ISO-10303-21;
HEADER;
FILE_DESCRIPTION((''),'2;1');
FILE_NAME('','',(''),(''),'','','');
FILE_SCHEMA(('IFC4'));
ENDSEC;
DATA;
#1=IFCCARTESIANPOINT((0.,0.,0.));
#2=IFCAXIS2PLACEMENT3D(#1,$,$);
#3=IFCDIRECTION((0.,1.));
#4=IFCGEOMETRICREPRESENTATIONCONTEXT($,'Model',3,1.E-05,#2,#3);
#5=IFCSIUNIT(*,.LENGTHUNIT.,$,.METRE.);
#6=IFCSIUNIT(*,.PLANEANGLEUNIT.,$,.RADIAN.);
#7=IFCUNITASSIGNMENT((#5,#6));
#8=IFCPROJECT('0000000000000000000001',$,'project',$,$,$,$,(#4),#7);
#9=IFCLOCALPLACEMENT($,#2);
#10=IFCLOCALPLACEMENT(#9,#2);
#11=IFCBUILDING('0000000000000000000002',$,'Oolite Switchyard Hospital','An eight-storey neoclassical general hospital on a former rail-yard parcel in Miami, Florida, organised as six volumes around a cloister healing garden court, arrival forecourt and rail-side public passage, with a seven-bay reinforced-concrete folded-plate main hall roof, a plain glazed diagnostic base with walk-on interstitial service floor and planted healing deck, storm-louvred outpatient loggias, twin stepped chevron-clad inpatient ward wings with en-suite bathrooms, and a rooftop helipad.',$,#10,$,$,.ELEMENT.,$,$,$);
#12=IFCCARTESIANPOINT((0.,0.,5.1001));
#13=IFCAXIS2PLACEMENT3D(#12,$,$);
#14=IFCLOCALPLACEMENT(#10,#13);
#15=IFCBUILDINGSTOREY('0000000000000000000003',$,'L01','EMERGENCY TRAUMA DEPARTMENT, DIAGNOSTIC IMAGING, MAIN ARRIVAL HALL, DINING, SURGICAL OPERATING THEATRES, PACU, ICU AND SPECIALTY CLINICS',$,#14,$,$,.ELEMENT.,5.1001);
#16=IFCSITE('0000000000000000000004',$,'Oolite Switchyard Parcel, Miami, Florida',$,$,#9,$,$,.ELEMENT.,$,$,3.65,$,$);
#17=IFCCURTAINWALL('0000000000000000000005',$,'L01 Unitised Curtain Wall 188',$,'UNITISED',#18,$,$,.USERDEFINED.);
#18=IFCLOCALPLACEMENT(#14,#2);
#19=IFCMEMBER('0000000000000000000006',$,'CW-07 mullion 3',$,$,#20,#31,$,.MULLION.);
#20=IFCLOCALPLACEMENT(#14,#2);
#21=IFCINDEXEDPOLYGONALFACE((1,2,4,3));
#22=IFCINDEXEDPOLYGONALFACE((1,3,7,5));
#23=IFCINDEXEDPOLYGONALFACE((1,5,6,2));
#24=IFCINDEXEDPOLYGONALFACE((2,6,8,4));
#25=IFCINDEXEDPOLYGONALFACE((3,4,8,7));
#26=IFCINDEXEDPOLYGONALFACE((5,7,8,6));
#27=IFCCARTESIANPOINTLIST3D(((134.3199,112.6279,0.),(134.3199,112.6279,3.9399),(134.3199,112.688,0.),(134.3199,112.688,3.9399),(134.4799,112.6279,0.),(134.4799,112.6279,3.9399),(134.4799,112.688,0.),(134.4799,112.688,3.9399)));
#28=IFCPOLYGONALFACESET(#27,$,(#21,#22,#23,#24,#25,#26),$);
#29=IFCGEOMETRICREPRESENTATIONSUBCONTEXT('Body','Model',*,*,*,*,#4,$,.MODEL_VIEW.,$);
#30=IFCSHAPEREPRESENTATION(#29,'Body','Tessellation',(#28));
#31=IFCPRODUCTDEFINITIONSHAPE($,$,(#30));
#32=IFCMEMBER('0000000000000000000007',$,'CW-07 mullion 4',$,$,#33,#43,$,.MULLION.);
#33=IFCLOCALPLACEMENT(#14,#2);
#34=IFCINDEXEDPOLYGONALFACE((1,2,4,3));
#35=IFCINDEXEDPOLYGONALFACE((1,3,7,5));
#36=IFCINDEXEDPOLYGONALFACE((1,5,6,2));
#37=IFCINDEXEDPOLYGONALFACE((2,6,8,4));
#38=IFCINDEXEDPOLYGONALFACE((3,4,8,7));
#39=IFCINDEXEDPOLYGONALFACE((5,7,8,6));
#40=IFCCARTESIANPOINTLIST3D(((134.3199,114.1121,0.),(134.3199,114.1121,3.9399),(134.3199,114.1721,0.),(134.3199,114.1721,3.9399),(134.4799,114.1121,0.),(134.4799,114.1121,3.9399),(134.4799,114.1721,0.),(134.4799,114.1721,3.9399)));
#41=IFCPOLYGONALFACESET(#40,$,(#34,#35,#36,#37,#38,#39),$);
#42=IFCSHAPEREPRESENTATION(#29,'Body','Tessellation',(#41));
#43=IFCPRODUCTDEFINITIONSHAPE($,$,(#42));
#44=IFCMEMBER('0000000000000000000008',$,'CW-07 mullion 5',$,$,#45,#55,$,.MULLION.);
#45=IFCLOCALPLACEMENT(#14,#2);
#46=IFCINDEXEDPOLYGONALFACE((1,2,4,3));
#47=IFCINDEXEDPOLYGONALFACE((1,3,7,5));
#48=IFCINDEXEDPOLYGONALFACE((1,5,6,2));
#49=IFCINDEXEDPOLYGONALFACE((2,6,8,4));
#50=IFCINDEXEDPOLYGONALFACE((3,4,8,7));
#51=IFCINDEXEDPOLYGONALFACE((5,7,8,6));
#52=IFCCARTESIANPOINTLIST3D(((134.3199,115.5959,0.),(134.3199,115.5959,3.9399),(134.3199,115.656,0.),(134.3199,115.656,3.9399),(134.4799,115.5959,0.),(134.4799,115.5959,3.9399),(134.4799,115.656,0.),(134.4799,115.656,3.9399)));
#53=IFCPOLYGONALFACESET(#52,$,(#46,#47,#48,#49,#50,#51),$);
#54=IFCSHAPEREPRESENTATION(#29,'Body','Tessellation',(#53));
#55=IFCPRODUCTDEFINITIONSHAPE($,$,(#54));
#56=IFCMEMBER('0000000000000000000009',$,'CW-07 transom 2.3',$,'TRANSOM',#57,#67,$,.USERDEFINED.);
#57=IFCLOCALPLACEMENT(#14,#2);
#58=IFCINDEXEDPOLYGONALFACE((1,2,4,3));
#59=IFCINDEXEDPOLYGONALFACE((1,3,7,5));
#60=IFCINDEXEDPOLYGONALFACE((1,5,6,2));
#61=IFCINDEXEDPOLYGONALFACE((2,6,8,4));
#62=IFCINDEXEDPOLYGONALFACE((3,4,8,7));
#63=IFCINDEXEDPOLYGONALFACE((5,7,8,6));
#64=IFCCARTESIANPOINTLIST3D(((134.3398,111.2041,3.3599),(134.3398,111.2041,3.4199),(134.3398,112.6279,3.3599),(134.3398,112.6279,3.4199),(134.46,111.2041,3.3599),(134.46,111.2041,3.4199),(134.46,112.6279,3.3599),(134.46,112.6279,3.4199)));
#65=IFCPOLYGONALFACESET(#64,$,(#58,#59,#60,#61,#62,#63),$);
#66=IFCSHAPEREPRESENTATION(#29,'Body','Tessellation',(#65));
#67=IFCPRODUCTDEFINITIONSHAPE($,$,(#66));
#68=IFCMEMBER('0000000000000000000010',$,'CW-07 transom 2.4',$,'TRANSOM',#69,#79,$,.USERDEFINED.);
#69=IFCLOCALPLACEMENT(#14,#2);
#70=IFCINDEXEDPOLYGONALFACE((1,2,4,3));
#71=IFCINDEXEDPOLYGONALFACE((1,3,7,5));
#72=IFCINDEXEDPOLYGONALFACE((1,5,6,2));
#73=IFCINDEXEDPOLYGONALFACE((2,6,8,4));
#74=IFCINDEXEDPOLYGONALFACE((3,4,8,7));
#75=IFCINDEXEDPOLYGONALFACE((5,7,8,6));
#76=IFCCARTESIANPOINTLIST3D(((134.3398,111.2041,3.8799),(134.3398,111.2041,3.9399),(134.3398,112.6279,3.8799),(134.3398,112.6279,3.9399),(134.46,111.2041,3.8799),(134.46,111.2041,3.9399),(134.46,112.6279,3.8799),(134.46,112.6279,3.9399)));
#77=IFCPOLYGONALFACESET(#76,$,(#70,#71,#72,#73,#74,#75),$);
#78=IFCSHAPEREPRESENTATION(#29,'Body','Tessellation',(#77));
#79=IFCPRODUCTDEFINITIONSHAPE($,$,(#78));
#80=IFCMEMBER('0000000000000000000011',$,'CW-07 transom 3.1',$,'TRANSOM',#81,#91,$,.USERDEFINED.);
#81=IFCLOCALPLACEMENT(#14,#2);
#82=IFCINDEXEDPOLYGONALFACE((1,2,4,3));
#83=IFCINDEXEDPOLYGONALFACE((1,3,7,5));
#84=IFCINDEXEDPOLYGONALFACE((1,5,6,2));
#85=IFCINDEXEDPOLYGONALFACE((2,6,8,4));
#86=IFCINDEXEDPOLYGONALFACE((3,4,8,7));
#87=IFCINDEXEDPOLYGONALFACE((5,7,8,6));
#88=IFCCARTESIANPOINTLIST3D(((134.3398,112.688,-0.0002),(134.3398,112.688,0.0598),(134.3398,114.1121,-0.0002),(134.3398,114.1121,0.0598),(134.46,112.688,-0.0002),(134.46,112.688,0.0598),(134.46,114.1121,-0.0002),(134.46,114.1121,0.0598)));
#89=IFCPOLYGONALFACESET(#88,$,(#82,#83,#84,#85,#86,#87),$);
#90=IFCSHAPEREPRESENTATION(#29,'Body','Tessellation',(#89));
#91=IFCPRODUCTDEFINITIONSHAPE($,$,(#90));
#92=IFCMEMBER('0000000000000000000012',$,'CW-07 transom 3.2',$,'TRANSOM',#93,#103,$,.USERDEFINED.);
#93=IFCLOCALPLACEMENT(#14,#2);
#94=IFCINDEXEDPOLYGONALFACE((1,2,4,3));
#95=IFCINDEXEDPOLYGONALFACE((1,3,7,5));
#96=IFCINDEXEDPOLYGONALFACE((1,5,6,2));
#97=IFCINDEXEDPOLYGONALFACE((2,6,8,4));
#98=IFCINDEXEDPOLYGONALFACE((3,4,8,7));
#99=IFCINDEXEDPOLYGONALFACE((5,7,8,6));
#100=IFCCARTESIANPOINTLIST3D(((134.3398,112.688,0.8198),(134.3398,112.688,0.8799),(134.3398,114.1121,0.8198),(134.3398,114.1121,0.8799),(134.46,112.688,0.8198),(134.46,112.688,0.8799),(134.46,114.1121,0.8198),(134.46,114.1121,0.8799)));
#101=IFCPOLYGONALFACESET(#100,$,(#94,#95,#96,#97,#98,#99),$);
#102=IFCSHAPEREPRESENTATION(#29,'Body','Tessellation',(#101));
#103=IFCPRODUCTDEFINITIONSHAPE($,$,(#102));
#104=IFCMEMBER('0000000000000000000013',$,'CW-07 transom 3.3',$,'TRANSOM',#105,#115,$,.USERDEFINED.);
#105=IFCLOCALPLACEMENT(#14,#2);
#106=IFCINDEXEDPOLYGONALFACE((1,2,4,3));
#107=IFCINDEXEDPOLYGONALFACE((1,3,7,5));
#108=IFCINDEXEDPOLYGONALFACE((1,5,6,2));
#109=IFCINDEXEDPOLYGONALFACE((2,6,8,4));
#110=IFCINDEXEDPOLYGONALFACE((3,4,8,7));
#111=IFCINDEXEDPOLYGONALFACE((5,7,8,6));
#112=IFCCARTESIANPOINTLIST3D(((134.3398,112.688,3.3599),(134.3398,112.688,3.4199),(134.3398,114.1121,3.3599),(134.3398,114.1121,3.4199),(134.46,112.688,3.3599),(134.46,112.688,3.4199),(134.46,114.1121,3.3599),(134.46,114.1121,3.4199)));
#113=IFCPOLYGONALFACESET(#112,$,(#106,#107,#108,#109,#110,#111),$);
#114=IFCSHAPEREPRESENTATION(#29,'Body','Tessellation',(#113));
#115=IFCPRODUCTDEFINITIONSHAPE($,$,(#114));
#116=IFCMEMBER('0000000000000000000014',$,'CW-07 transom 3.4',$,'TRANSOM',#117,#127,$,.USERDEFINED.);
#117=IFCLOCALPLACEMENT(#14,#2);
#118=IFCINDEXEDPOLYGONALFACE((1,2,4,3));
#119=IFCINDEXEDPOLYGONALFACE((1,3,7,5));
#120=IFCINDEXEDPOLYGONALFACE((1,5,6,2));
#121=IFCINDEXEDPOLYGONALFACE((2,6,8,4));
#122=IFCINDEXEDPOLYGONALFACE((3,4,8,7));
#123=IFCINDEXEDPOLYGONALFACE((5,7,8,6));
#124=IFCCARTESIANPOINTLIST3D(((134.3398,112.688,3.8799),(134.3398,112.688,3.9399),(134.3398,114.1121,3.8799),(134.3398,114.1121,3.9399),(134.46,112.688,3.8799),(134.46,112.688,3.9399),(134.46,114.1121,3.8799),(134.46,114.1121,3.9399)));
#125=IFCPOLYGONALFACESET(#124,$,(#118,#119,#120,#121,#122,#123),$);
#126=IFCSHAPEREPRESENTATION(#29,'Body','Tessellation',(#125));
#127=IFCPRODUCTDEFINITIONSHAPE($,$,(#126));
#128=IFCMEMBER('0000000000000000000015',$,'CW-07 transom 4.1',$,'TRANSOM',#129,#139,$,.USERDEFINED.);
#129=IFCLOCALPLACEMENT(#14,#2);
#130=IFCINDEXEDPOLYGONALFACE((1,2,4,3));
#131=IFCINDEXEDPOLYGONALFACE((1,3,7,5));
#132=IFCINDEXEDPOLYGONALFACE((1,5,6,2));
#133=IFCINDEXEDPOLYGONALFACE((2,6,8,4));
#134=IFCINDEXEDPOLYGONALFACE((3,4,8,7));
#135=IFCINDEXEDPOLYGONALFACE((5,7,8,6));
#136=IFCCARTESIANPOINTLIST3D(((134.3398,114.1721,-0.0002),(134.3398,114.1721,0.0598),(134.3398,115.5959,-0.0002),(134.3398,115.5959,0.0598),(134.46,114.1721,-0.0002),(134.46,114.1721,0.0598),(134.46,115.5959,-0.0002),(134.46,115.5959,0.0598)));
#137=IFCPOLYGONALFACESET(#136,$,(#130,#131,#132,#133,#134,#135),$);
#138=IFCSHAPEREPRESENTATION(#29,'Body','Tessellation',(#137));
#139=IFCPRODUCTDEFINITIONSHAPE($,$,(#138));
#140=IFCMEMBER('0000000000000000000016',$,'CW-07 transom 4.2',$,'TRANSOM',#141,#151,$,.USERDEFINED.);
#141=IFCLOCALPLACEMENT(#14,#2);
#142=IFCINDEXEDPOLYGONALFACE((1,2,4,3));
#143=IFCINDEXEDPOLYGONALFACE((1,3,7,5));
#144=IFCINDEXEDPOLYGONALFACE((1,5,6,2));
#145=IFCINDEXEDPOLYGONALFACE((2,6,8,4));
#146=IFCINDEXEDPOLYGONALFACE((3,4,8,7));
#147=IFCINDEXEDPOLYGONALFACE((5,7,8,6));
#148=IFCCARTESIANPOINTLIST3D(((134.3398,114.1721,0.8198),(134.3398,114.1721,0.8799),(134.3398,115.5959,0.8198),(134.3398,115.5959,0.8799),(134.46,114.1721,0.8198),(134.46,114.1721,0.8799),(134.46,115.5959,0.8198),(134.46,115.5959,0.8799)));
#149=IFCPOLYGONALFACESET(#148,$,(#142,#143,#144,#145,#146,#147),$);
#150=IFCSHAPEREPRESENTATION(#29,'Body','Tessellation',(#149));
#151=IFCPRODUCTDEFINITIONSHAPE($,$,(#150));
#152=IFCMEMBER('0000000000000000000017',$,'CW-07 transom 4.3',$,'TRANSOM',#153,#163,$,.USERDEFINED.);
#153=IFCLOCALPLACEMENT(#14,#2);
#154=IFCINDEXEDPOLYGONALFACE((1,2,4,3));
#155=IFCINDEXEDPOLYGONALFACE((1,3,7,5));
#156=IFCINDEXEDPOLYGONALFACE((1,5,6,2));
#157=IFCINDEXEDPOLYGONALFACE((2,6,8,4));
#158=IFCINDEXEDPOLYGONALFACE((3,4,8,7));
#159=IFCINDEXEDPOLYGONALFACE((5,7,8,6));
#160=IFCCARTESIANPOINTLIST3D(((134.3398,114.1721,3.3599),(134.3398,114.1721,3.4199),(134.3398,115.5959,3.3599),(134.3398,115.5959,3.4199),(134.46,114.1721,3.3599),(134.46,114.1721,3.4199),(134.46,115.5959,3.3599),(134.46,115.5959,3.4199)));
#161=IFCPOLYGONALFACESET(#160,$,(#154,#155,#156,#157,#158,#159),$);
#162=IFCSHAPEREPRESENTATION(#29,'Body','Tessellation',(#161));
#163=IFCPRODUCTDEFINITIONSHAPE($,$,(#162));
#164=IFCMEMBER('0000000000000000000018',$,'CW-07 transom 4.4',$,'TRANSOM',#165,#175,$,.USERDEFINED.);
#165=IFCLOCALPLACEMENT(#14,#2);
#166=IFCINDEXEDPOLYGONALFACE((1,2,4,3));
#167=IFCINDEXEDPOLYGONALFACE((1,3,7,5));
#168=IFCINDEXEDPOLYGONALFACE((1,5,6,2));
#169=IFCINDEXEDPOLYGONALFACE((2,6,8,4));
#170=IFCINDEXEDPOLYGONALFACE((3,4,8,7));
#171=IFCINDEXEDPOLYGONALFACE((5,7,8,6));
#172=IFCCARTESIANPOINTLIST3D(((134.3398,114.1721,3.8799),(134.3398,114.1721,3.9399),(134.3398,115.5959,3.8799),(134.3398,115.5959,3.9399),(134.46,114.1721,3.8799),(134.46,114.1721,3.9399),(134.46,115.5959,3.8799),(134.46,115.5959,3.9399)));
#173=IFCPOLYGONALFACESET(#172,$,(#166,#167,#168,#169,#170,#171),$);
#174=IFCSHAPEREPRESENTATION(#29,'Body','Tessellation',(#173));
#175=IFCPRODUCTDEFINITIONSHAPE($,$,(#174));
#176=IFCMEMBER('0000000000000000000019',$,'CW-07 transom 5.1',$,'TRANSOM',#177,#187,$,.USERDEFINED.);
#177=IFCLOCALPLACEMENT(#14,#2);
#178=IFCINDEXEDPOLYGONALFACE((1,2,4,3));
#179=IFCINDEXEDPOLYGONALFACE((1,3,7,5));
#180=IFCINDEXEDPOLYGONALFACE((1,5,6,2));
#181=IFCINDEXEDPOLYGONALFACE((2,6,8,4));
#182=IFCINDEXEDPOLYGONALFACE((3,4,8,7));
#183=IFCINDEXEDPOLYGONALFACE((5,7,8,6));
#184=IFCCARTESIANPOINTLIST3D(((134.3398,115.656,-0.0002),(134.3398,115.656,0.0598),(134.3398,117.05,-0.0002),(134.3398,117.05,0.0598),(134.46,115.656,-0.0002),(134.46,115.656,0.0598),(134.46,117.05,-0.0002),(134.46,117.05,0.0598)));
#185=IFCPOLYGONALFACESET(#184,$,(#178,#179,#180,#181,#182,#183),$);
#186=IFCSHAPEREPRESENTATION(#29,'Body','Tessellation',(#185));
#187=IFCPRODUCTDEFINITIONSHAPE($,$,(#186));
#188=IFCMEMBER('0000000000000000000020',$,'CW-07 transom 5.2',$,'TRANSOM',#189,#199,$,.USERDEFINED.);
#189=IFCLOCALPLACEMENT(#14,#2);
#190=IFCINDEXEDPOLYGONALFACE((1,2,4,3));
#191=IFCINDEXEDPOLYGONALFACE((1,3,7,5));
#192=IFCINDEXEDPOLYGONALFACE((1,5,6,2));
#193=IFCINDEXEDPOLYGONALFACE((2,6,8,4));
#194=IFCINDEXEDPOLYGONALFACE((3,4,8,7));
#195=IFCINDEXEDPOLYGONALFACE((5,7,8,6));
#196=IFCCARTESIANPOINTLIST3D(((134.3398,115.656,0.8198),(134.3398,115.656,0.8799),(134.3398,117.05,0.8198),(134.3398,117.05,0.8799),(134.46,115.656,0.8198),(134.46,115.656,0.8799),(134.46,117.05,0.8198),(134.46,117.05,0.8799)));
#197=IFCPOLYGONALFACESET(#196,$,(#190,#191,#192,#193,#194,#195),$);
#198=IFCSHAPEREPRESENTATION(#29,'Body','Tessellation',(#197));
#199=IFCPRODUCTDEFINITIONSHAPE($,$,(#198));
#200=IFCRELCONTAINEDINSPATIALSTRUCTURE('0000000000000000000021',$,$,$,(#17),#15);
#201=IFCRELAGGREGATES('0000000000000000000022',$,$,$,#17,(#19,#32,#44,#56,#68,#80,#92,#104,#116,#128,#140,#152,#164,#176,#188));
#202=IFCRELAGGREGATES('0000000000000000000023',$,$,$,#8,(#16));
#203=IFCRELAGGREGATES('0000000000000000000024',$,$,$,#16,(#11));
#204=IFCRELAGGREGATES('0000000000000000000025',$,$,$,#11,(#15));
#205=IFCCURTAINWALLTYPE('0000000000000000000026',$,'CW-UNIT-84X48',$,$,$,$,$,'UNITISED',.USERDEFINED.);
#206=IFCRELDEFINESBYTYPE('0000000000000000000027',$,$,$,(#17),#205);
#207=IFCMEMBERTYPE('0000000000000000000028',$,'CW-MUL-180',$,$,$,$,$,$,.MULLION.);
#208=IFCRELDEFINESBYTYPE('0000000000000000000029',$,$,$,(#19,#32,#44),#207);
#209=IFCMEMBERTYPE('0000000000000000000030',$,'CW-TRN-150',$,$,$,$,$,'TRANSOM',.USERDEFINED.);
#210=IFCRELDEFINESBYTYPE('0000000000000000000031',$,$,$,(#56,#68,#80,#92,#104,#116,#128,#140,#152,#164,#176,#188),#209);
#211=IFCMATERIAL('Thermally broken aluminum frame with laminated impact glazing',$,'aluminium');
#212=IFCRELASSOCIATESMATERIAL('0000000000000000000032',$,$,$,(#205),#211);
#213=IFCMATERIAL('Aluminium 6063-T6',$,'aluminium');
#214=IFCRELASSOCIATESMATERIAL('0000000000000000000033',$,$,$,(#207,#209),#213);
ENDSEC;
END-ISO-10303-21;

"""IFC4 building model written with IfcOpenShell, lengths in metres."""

from ifc_helpers import new_model, si_unit, direction, frame, origin, origin_2d, place, context, subcontext, project, spatial, rectangle, extrude, material, material_profile, profile_set, type_object, element, aggregate, save


model = new_model("IFC4")

# Units and contexts
model_context = context("Model", 3, precision=1e-05, world=origin(), true_north=direction((0.0, 1.0)))
body_context = subcontext(model_context, "Body", "Model", "MODEL_VIEW")
ifc_project = project(units=[si_unit("LENGTHUNIT", "METRE"), si_unit("PLANEANGLEUNIT", "RADIAN")], contexts=[model_context])

# Site, building, storey
site_placement = place(None, origin())
site = spatial("IfcSite", under=ifc_project, at=site_placement, Name="Oolite Switchyard Parcel, Miami, Florida", CompositionType="ELEMENT", RefElevation=3.65)
building_placement = place(site_placement, origin())
building = spatial("IfcBuilding", under=site, at=building_placement, Name="Oolite Switchyard Hospital", Description="An eight-storey neoclassical general hospital on a former rail-yard parcel in Miami, Florida, organised as six volumes around a cloister healing garden court, arrival forecourt and rail-side public passage, with a seven-bay reinforced-concrete folded-plate main hall roof, a plain glazed diagnostic base with walk-on interstitial service floor and planted healing deck, storm-louvred outpatient loggias, twin stepped chevron-clad inpatient ward wings with en-suite bathrooms, and a rooftop helipad.", CompositionType="ELEMENT")
storey_placement = place(building_placement, frame((0.0, 0.0, 5.1001)))
storey = spatial("IfcBuildingStorey", under=building, at=storey_placement, Name="L01", Description="EMERGENCY TRAUMA DEPARTMENT, DIAGNOSTIC IMAGING, MAIN ARRIVAL HALL, DINING, SURGICAL OPERATING THEATRES, PACU, ICU AND SPECIALTY CLINICS", CompositionType="ELEMENT", Elevation=5.1001)

# Curtain wall, members
ifc_material_1 = material(Name="Thermally broken aluminum frame with laminated impact glazing", Category="aluminium")
curtain_wall_type = type_object("IfcCurtainWallType", Name="CW-UNIT-84X48", ElementType="UNITISED", PredefinedType="USERDEFINED", material=ifc_material_1)
curtain_wall_placement = place(storey_placement, origin())
curtain_wall = element("IfcCurtainWall", 1, at=curtain_wall_placement, inside=storey, type_object=curtain_wall_type, Name="L01 Unitised Curtain Wall 188", ObjectType="UNITISED", PredefinedType="USERDEFINED")
ifc_material_2 = material(Name="Aluminium 6063-T6", Category="aluminium")
ifc_material_profile_1 = material_profile(ifc_material_2, rectangle(XDim=0.1599, YDim=0.0601, at=origin_2d()), Name="CWM60X160")
ifc_profile_set_1 = profile_set([ifc_material_profile_1], Name="Aluminium 6063-T6")
member_type_1 = type_object("IfcMemberType", Name="CW-MUL-180", PredefinedType="MULLION", material=ifc_profile_set_1)
member_1_placement = place(storey_placement, frame((134.3999, 112.658, 0.0), z_axis=(0.0, 0.0, 1.0), x_axis=(-1.0, 0.0, 0.0)))
member_1 = element("IfcMember", 2, at=member_1_placement, type_object=member_type_1, Name="CW-07 mullion 3", PredefinedType="MULLION", context=body_context, shape_type="SweptSolid", body=[
    extrude(rectangle(XDim=0.1599, YDim=0.0601, at=origin_2d()), origin(), (0.0, 0.0, 1.0), 3.9399),
])
member_2_placement = place(storey_placement, frame((134.3999, 114.1421, 0.0), z_axis=(0.0, 0.0, 1.0), x_axis=(-1.0, 0.0, 0.0)))
member_2 = element("IfcMember", 3, at=member_2_placement, type_object=member_type_1, Name="CW-07 mullion 4", PredefinedType="MULLION", context=body_context, shape_type="SweptSolid", body=[
    extrude(rectangle(XDim=0.1599, YDim=0.0601, at=origin_2d()), origin(), (0.0, 0.0, 1.0), 3.9399),
])
member_3_placement = place(storey_placement, frame((134.3999, 115.626, 0.0), z_axis=(0.0, 0.0, 1.0), x_axis=(-1.0, 0.0, 0.0)))
member_3 = element("IfcMember", 4, at=member_3_placement, type_object=member_type_1, Name="CW-07 mullion 5", PredefinedType="MULLION", context=body_context, shape_type="SweptSolid", body=[
    extrude(rectangle(XDim=0.1599, YDim=0.0601, at=origin_2d()), origin(), (0.0, 0.0, 1.0), 3.9399),
])
ifc_material_profile_2 = material_profile(ifc_material_2, rectangle(XDim=0.1201, YDim=0.0601, at=origin_2d()), Name="CWT60X120")
ifc_profile_set_2 = profile_set([ifc_material_profile_2], Name="Aluminium 6063-T6")
member_type_2 = type_object("IfcMemberType", Name="CW-TRN-150", ElementType="TRANSOM", PredefinedType="USERDEFINED", material=ifc_profile_set_2)
member_4_placement = place(storey_placement, frame((134.3999, 111.2041, 3.3899), z_axis=(0.0, 1.0, 0.0), x_axis=(-1.0, 0.0, 0.0)))
member_4 = element("IfcMember", 5, at=member_4_placement, type_object=member_type_2, Name="CW-07 transom 2.3", ObjectType="TRANSOM", PredefinedType="USERDEFINED", context=body_context, shape_type="SweptSolid", body=[
    extrude(rectangle(XDim=0.1201, YDim=0.0601, at=origin_2d()), origin(), (0.0, 0.0, 1.0), 1.4238),
])
member_5_placement = place(storey_placement, frame((134.3999, 111.2041, 3.9099), z_axis=(0.0, 1.0, 0.0), x_axis=(-1.0, 0.0, 0.0)))
member_5 = element("IfcMember", 6, at=member_5_placement, type_object=member_type_2, Name="CW-07 transom 2.4", ObjectType="TRANSOM", PredefinedType="USERDEFINED", context=body_context, shape_type="SweptSolid", body=[
    extrude(rectangle(XDim=0.1201, YDim=0.0601, at=origin_2d()), origin(), (0.0, 0.0, 1.0), 1.4238),
])
member_6_placement = place(storey_placement, frame((134.3999, 112.688, 0.0298), z_axis=(0.0, 1.0, 0.0), x_axis=(-1.0, 0.0, 0.0)))
member_6 = element("IfcMember", 7, at=member_6_placement, type_object=member_type_2, Name="CW-07 transom 3.1", ObjectType="TRANSOM", PredefinedType="USERDEFINED", context=body_context, shape_type="SweptSolid", body=[
    extrude(rectangle(XDim=0.1201, YDim=0.0601, at=origin_2d()), origin(), (0.0, 0.0, 1.0), 1.4241),
])
member_7_placement = place(storey_placement, frame((134.3999, 112.688, 0.8499), z_axis=(0.0, 1.0, 0.0), x_axis=(-1.0, 0.0, 0.0)))
member_7 = element("IfcMember", 8, at=member_7_placement, type_object=member_type_2, Name="CW-07 transom 3.2", ObjectType="TRANSOM", PredefinedType="USERDEFINED", context=body_context, shape_type="SweptSolid", body=[
    extrude(rectangle(XDim=0.1201, YDim=0.0601, at=origin_2d()), origin(), (0.0, 0.0, 1.0), 1.4241),
])
member_8_placement = place(storey_placement, frame((134.3999, 112.688, 3.3899), z_axis=(0.0, 1.0, 0.0), x_axis=(-1.0, 0.0, 0.0)))
member_8 = element("IfcMember", 9, at=member_8_placement, type_object=member_type_2, Name="CW-07 transom 3.3", ObjectType="TRANSOM", PredefinedType="USERDEFINED", context=body_context, shape_type="SweptSolid", body=[
    extrude(rectangle(XDim=0.1201, YDim=0.0601, at=origin_2d()), origin(), (0.0, 0.0, 1.0), 1.4241),
])
member_9_placement = place(storey_placement, frame((134.3999, 112.688, 3.9099), z_axis=(0.0, 1.0, 0.0), x_axis=(-1.0, 0.0, 0.0)))
member_9 = element("IfcMember", 10, at=member_9_placement, type_object=member_type_2, Name="CW-07 transom 3.4", ObjectType="TRANSOM", PredefinedType="USERDEFINED", context=body_context, shape_type="SweptSolid", body=[
    extrude(rectangle(XDim=0.1201, YDim=0.0601, at=origin_2d()), origin(), (0.0, 0.0, 1.0), 1.4241),
])
member_10_placement = place(storey_placement, frame((134.3999, 114.1721, 0.0298), z_axis=(0.0, 1.0, 0.0), x_axis=(-1.0, 0.0, 0.0)))
member_10 = element("IfcMember", 11, at=member_10_placement, type_object=member_type_2, Name="CW-07 transom 4.1", ObjectType="TRANSOM", PredefinedType="USERDEFINED", context=body_context, shape_type="SweptSolid", body=[
    extrude(rectangle(XDim=0.1201, YDim=0.0601, at=origin_2d()), origin(), (0.0, 0.0, 1.0), 1.4238),
])
member_11_placement = place(storey_placement, frame((134.3999, 114.1721, 0.8499), z_axis=(0.0, 1.0, 0.0), x_axis=(-1.0, 0.0, 0.0)))
member_11 = element("IfcMember", 12, at=member_11_placement, type_object=member_type_2, Name="CW-07 transom 4.2", ObjectType="TRANSOM", PredefinedType="USERDEFINED", context=body_context, shape_type="SweptSolid", body=[
    extrude(rectangle(XDim=0.1201, YDim=0.0601, at=origin_2d()), origin(), (0.0, 0.0, 1.0), 1.4238),
])
member_12_placement = place(storey_placement, frame((134.3999, 114.1721, 3.3899), z_axis=(0.0, 1.0, 0.0), x_axis=(-1.0, 0.0, 0.0)))
member_12 = element("IfcMember", 13, at=member_12_placement, type_object=member_type_2, Name="CW-07 transom 4.3", ObjectType="TRANSOM", PredefinedType="USERDEFINED", context=body_context, shape_type="SweptSolid", body=[
    extrude(rectangle(XDim=0.1201, YDim=0.0601, at=origin_2d()), origin(), (0.0, 0.0, 1.0), 1.4238),
])
member_13_placement = place(storey_placement, frame((134.3999, 114.1721, 3.9099), z_axis=(0.0, 1.0, 0.0), x_axis=(-1.0, 0.0, 0.0)))
member_13 = element("IfcMember", 14, at=member_13_placement, type_object=member_type_2, Name="CW-07 transom 4.4", ObjectType="TRANSOM", PredefinedType="USERDEFINED", context=body_context, shape_type="SweptSolid", body=[
    extrude(rectangle(XDim=0.1201, YDim=0.0601, at=origin_2d()), origin(), (0.0, 0.0, 1.0), 1.4238),
])
member_14_placement = place(storey_placement, frame((134.3999, 115.656, 0.0298), z_axis=(0.0, 1.0, 0.0), x_axis=(-1.0, 0.0, 0.0)))
member_14 = element("IfcMember", 15, at=member_14_placement, type_object=member_type_2, Name="CW-07 transom 5.1", ObjectType="TRANSOM", PredefinedType="USERDEFINED", context=body_context, shape_type="SweptSolid", body=[
    extrude(rectangle(XDim=0.1201, YDim=0.0601, at=origin_2d()), origin(), (0.0, 0.0, 1.0), 1.394),
])
member_15_placement = place(storey_placement, frame((134.3999, 115.656, 0.8499), z_axis=(0.0, 1.0, 0.0), x_axis=(-1.0, 0.0, 0.0)))
member_15 = element("IfcMember", 16, at=member_15_placement, type_object=member_type_2, Name="CW-07 transom 5.2", ObjectType="TRANSOM", PredefinedType="USERDEFINED", context=body_context, shape_type="SweptSolid", body=[
    extrude(rectangle(XDim=0.1201, YDim=0.0601, at=origin_2d()), origin(), (0.0, 0.0, 1.0), 1.394),
])
aggregate(curtain_wall, [member_1, member_2, member_3, member_4, member_5, member_6, member_7, member_8, member_9, member_10, member_11, member_12, member_13, member_14, member_15])

save(model, "model.ifc")
